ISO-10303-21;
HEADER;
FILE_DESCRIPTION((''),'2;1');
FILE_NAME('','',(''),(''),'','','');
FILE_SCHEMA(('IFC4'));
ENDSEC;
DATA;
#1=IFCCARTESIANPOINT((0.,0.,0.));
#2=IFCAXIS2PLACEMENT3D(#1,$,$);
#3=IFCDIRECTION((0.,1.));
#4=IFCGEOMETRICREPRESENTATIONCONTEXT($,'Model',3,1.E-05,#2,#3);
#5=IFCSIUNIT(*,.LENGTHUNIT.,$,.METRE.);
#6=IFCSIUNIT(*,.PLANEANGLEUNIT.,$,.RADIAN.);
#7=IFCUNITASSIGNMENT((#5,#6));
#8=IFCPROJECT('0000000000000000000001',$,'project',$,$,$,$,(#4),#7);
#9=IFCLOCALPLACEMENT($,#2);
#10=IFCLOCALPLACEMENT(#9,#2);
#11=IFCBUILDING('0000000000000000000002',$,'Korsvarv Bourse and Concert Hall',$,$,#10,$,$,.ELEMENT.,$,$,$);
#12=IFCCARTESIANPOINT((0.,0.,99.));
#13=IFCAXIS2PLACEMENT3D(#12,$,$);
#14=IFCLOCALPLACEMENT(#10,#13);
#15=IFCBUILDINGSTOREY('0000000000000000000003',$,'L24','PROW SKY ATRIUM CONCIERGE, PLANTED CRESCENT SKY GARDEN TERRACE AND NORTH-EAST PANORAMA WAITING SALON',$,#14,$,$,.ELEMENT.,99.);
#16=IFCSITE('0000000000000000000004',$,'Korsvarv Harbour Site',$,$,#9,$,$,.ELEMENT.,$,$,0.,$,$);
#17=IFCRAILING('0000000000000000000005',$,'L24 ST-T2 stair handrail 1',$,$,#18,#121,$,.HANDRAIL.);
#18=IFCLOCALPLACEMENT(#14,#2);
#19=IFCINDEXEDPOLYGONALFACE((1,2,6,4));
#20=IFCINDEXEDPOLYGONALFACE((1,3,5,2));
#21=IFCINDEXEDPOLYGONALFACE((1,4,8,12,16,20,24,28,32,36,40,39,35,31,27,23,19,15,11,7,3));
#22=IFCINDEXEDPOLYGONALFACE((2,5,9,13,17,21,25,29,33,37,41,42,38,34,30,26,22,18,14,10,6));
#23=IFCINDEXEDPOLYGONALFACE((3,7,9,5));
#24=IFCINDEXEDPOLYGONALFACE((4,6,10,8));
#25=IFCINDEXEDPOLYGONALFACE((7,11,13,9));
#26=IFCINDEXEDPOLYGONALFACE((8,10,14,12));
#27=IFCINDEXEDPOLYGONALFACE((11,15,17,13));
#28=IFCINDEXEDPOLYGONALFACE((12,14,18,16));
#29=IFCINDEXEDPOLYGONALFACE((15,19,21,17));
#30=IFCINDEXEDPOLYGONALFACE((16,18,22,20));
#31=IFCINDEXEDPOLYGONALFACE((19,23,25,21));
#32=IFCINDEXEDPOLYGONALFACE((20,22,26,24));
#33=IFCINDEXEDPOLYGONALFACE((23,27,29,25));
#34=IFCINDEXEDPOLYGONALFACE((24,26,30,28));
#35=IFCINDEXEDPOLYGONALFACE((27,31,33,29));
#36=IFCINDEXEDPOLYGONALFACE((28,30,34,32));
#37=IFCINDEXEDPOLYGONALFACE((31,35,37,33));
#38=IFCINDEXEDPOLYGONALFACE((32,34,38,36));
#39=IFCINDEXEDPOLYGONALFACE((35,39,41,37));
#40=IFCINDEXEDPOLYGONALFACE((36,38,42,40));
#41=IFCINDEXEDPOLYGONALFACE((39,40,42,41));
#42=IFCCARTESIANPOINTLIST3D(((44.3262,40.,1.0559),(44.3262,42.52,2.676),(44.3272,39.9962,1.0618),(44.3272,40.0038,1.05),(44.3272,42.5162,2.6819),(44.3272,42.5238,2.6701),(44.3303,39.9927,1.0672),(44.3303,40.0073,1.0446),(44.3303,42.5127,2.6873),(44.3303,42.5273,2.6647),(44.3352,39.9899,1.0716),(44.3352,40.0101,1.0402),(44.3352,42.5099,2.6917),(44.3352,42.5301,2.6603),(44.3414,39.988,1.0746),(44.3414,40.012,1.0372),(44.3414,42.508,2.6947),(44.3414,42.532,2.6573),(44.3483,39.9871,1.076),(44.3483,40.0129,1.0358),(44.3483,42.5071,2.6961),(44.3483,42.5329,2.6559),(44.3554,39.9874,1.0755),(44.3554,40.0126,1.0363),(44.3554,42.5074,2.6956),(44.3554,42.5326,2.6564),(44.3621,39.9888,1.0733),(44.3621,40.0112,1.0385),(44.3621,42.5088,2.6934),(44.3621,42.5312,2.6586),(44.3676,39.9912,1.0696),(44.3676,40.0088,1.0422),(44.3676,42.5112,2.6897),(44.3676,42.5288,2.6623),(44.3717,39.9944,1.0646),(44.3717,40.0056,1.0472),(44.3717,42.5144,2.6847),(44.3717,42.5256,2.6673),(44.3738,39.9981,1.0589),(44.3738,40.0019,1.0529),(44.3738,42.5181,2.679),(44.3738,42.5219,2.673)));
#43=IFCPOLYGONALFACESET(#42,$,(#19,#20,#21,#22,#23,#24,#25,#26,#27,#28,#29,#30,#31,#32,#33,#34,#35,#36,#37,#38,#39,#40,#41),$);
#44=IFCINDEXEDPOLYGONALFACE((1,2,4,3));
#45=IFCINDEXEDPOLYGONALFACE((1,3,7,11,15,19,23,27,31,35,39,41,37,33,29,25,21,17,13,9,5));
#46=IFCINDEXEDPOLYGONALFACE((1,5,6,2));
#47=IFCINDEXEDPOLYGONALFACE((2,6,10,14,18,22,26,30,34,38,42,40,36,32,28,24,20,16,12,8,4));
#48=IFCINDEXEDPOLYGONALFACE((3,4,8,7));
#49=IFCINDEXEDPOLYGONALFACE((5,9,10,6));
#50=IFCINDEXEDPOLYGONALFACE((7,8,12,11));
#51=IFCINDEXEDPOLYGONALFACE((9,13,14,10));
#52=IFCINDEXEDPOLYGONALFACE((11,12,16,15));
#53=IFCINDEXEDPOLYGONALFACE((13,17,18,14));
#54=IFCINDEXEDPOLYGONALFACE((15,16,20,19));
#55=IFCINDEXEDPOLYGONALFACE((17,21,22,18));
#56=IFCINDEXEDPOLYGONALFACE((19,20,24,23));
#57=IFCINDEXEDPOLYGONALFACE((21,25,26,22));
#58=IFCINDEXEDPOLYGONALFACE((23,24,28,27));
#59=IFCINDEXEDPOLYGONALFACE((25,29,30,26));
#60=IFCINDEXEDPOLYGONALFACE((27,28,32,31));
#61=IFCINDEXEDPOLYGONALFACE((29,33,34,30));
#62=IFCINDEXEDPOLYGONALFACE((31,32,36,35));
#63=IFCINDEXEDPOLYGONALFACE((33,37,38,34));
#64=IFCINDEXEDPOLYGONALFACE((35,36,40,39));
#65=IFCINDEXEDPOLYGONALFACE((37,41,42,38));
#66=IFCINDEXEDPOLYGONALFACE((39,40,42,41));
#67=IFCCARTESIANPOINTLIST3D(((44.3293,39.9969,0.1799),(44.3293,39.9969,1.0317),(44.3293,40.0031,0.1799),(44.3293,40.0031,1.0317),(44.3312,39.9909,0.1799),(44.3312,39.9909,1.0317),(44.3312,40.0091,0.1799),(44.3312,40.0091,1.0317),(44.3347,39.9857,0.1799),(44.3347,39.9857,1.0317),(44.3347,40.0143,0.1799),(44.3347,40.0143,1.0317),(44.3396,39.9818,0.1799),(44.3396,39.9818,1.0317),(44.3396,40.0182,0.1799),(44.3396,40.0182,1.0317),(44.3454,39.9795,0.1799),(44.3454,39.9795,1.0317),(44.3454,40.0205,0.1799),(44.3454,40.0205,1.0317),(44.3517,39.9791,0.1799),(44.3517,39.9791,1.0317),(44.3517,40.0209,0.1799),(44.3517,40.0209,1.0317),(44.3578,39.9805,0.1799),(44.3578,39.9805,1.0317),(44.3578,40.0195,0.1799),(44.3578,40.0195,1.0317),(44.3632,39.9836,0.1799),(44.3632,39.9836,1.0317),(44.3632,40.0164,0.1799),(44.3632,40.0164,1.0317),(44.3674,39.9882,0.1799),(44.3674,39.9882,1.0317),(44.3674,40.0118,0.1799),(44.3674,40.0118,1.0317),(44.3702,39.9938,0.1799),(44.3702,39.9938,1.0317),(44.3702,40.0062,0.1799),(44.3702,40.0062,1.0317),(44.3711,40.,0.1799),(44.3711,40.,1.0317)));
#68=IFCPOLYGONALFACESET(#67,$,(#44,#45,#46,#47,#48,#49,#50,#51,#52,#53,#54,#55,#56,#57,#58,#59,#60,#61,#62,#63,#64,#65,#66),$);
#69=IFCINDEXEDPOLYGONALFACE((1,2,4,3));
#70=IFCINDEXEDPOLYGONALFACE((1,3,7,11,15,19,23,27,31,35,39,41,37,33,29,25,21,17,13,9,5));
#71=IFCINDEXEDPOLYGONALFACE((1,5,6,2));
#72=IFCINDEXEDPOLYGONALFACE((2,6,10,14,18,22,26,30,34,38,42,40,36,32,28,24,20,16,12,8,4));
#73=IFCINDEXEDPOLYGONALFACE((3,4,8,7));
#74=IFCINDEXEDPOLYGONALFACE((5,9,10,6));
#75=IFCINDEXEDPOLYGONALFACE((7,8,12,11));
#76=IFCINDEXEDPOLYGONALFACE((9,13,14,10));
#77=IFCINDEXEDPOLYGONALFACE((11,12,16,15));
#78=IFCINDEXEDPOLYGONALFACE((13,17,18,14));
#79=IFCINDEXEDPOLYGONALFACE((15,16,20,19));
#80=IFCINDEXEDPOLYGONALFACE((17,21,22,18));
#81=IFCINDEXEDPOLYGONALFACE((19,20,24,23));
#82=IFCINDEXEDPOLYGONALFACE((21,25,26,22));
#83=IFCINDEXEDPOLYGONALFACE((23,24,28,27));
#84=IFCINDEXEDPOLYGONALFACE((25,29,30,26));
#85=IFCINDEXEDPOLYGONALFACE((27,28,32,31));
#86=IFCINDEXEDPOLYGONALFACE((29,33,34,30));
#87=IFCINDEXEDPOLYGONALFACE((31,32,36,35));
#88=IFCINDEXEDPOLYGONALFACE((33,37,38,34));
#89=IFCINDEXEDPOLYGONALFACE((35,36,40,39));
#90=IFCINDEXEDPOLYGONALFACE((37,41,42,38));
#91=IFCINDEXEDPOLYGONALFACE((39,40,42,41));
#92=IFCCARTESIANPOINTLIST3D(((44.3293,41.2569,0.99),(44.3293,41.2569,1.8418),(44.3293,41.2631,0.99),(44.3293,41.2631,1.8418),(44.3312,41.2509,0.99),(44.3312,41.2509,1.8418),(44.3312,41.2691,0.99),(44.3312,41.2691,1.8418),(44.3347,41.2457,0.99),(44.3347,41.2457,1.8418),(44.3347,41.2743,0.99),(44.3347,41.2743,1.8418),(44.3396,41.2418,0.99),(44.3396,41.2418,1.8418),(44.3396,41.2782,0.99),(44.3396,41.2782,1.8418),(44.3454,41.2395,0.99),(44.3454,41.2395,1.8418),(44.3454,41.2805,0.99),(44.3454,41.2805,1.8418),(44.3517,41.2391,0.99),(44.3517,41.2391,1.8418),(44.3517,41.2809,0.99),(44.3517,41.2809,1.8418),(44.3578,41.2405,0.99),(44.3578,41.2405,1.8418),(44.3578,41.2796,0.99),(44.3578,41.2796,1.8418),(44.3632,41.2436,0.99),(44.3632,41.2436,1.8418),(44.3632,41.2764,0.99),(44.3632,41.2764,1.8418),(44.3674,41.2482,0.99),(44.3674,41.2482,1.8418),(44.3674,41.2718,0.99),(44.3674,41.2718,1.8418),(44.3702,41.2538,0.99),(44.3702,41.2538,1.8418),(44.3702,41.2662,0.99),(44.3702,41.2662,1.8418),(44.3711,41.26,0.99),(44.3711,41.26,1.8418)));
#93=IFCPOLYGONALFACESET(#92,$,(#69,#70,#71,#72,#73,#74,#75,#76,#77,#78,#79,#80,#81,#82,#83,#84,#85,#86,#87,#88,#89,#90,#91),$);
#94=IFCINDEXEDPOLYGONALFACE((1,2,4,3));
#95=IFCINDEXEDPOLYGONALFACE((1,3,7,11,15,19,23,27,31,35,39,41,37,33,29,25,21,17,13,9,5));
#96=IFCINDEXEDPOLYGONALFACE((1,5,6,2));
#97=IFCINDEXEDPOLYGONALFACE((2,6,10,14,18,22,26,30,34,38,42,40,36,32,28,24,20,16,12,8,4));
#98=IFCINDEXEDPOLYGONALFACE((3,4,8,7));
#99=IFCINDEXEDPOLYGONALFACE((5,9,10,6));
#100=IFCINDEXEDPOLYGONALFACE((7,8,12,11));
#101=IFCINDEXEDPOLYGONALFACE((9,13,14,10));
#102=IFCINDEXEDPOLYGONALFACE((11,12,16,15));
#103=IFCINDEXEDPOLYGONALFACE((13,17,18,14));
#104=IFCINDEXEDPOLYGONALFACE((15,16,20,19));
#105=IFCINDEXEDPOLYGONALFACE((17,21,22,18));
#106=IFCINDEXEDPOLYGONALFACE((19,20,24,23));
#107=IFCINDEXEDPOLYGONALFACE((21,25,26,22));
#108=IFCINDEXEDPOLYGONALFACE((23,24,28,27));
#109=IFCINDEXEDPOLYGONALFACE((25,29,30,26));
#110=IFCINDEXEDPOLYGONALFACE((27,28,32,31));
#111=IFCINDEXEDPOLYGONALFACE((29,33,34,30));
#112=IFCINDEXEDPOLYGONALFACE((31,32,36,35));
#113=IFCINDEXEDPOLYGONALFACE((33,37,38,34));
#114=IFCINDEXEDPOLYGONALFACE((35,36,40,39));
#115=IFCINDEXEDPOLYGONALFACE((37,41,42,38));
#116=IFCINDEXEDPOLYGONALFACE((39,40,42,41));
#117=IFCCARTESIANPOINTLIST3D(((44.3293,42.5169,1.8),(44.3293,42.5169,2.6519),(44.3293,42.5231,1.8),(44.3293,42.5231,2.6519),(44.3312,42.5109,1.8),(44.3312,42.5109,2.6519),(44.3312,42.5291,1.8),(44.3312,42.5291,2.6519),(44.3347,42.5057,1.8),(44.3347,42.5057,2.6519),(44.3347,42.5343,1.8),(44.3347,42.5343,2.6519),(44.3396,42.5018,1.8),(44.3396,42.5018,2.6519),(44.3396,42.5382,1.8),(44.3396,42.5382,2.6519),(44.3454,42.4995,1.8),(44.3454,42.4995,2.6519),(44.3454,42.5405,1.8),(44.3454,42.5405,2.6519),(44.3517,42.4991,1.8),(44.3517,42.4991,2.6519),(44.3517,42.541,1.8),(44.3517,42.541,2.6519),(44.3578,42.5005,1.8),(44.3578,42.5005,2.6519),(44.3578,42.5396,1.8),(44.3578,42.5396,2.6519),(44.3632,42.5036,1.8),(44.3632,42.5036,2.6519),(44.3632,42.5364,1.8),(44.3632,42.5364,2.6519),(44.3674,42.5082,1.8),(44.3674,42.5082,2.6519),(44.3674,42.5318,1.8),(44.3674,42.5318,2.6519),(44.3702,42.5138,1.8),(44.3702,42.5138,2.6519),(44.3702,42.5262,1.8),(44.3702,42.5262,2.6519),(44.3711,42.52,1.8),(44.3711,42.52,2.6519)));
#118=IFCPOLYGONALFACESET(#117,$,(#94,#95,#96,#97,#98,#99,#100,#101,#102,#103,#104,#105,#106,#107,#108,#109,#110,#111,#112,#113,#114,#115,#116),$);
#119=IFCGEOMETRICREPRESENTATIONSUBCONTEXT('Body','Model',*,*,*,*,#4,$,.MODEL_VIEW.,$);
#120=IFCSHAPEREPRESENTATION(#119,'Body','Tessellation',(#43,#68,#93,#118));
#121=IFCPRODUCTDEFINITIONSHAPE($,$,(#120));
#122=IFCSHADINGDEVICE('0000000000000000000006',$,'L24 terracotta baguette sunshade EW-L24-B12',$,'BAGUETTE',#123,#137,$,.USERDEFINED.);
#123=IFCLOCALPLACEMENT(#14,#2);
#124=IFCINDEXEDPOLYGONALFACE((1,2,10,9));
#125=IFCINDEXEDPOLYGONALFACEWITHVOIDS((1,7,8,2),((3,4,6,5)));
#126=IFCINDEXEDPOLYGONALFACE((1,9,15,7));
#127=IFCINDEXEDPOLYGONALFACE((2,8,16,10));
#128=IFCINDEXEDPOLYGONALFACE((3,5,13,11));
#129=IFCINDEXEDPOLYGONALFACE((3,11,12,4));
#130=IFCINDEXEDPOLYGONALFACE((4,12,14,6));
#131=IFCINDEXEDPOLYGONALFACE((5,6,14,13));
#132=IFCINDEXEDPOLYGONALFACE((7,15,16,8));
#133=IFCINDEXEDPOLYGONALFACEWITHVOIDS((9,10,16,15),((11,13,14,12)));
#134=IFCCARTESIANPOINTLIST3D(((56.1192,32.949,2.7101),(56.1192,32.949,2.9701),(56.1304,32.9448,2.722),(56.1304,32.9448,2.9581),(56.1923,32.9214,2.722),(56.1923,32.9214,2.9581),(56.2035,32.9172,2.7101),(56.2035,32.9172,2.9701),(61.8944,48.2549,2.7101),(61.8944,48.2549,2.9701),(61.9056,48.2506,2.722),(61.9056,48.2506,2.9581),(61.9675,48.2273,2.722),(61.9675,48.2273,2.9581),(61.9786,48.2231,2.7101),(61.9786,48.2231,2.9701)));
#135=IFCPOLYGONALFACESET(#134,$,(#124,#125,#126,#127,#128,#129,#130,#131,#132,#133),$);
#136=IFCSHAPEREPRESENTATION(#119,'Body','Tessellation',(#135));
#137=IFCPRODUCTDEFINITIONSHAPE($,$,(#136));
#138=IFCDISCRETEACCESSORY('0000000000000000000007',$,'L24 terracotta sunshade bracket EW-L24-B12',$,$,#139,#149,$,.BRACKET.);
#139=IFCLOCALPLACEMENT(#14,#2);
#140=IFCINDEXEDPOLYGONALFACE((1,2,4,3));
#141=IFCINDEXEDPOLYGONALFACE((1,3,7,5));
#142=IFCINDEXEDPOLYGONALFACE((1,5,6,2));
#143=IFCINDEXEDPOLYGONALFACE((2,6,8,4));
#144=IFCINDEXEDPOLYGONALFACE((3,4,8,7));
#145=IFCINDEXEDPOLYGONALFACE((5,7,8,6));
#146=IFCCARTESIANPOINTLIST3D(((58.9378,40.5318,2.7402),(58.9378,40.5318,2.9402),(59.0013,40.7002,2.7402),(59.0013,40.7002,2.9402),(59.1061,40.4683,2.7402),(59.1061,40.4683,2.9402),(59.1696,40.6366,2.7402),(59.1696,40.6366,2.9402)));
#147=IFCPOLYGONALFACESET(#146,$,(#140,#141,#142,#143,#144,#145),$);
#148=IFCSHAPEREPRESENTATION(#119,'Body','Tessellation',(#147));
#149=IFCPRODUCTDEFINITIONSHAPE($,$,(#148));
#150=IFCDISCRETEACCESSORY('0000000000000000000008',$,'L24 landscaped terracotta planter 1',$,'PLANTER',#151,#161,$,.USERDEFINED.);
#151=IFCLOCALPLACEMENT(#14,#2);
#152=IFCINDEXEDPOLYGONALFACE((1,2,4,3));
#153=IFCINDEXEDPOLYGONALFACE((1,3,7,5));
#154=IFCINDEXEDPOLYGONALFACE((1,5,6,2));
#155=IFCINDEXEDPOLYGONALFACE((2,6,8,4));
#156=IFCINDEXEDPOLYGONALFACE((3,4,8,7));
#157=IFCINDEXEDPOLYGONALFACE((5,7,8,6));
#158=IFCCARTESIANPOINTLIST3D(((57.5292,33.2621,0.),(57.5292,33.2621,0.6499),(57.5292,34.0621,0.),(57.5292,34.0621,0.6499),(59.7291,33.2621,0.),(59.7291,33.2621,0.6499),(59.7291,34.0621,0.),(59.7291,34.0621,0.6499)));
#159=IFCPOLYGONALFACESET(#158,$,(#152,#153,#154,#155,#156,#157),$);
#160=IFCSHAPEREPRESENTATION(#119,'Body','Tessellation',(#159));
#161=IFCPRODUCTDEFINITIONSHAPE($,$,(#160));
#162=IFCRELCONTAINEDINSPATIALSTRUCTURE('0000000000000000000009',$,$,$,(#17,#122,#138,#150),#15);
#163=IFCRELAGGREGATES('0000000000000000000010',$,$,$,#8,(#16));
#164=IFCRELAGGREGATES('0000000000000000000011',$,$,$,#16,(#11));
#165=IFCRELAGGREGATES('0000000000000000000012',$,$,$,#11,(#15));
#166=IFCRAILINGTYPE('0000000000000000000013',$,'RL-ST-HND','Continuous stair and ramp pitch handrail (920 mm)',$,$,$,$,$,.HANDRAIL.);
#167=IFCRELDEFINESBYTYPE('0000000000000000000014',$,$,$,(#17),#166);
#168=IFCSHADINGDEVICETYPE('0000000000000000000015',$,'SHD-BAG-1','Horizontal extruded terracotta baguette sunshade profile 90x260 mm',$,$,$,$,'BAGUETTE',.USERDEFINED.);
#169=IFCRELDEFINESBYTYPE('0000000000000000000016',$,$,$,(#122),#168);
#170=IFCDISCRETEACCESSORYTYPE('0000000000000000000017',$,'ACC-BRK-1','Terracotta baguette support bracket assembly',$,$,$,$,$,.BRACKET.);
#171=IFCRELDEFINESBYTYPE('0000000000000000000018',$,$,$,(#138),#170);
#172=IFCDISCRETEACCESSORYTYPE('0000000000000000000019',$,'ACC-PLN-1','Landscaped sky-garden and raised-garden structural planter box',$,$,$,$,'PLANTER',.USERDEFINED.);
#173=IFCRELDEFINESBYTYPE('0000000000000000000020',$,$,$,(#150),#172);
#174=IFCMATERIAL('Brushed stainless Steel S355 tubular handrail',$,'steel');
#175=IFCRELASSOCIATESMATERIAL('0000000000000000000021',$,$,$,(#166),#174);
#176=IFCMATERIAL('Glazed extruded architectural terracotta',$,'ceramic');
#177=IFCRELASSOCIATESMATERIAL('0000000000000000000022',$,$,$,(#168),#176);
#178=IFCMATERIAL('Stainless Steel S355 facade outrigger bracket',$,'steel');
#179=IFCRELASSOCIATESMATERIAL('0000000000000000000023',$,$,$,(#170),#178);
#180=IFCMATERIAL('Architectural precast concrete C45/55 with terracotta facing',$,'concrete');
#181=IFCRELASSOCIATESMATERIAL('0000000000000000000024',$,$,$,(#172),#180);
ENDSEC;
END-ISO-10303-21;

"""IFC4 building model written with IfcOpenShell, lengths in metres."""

from ifc_helpers import new_model, si_unit, direction, frame, origin, origin_2d, place, context, subcontext, project, spatial, rectangle, hollow_rectangle, circle, extrude, source, transform, mapped, material, material_profile, profile_set, type_object, element, save


model = new_model("IFC4")

# Units and contexts
model_context = context("Model", 3, precision=1e-05, world=origin(), true_north=direction((0.0, 1.0)))
body_context = subcontext(model_context, "Body", "Model", "MODEL_VIEW")
ifc_project = project(units=[si_unit("LENGTHUNIT", "METRE"), si_unit("PLANEANGLEUNIT", "RADIAN")], contexts=[model_context])

# Site, building, storey
site_placement = place(None, origin())
site = spatial("IfcSite", under=ifc_project, at=site_placement, Name="Korsvarv Harbour Site", CompositionType="ELEMENT", RefElevation=0.0)
building_placement = place(site_placement, origin())
building = spatial("IfcBuilding", under=site, at=building_placement, Name="Korsvarv Bourse and Concert Hall", CompositionType="ELEMENT")
storey_placement = place(building_placement, frame((0.0, 0.0, 99.0)))
storey = spatial("IfcBuildingStorey", under=building, at=storey_placement, Name="L24", Description="PROW SKY ATRIUM CONCIERGE, PLANTED CRESCENT SKY GARDEN TERRACE AND NORTH-EAST PANORAMA WAITING SALON", CompositionType="ELEMENT", Elevation=99.0)

# Railing
ifc_material_1 = material(Name="Brushed stainless Steel S355 tubular handrail", Category="steel")
railing_type = type_object("IfcRailingType", Name="RL-ST-HND", Description="Continuous stair and ramp pitch handrail (920 mm)", PredefinedType="HANDRAIL", material=ifc_material_1)
railing_placement = place(storey_placement, frame((44.3501, 40.0, 0.1799)))
element("IfcRailing", 1, at=railing_placement, inside=storey, type_object=railing_type, Name="L24 ST-T2 stair handrail 1", PredefinedType="HANDRAIL", context=body_context, shape_type="SweptSolid", body=[
    extrude(circle(Radius=0.0239, at=origin_2d()), frame((0.0, 0.0, 0.876), z_axis=(0.0, 0.841163, 0.540782), x_axis=(-1.0, 0.0, 0.0)), (0.0, 0.0, 1.0), 2.9958),
    extrude(circle(Radius=0.021, at=origin_2d()), origin(), (0.0, 0.0, 1.0), 0.8518),
    extrude(circle(Radius=0.021, at=origin_2d()), frame((0.0, 1.26, 0.8101)), (0.0, 0.0, 1.0), 0.8518),
    extrude(circle(Radius=0.021, at=origin_2d()), frame((0.0, 2.52, 1.6201)), (0.0, 0.0, 1.0), 0.8518),
])

# Shading device
ifc_material_2 = material(Name="Glazed extruded architectural terracotta", Category="ceramic")
ifc_material_profile_1 = material_profile(ifc_material_2, hollow_rectangle(XDim=0.0901, YDim=0.26, WallThickness=0.012, at=origin_2d()), Name="TC-BAG 90x260")
ifc_profile_set_1 = profile_set([ifc_material_profile_1], Name="Glazed extruded architectural terracotta")
shading_device_type = type_object("IfcShadingDeviceType", Name="SHD-BAG-1", Description="Horizontal extruded terracotta baguette sunshade profile 90x260 mm", ElementType="BAGUETTE", PredefinedType="USERDEFINED", material=ifc_profile_set_1)
shared_shape_1 = source(origin(), body_context, "Body", "SweptSolid", [
    extrude(hollow_rectangle(XDim=0.0901, YDim=0.26, WallThickness=0.012, at=origin_2d()), origin(), (0.0, 0.0, 1.0), 16.3591),
])
shading_device_placement = place(storey_placement, frame((56.1614, 32.9331, 2.8401), z_axis=(0.353022, 0.935615, 0.0), x_axis=(-0.935615, 0.353022, 0.0)))
element("IfcShadingDevice", 2, at=shading_device_placement, inside=storey, type_object=shading_device_type, Name="L24 terracotta baguette sunshade EW-L24-B12", ObjectType="BAGUETTE", PredefinedType="USERDEFINED", context=body_context, shape_type="MappedRepresentation", body=[
    mapped(shared_shape_1, transform((0.0, 0.0, 0.0), scale=1.0)),
])

# Discrete accessories
ifc_material_3 = material(Name="Stainless Steel S355 facade outrigger bracket", Category="steel")
discrete_accessory_type_1 = type_object("IfcDiscreteAccessoryType", Name="ACC-BRK-1", Description="Terracotta baguette support bracket assembly", PredefinedType="BRACKET", material=ifc_material_3)
shared_shape_2 = source(origin(), body_context, "Body", "SweptSolid", [
    extrude(rectangle(XDim=0.1799, YDim=0.1799, at=origin_2d()), origin(), (0.0, 0.0, 1.0), 0.2),
])
discrete_accessory_1_placement = place(storey_placement, frame((59.0537, 40.5842, 2.7402), z_axis=(0.0, 0.0, 1.0), x_axis=(0.352985, 0.935629, 0.0)))
element("IfcDiscreteAccessory", 3, at=discrete_accessory_1_placement, inside=storey, type_object=discrete_accessory_type_1, Name="L24 terracotta sunshade bracket EW-L24-B12", PredefinedType="BRACKET", context=body_context, shape_type="MappedRepresentation", body=[
    mapped(shared_shape_2, transform((0.0, 0.0, 0.0), scale=1.0)),
])
ifc_material_4 = material(Name="Architectural precast concrete C45/55 with terracotta facing", Category="concrete")
discrete_accessory_type_2 = type_object("IfcDiscreteAccessoryType", Name="ACC-PLN-1", Description="Landscaped sky-garden and raised-garden structural planter box", ElementType="PLANTER", PredefinedType="USERDEFINED", material=ifc_material_4)
shared_shape_3 = source(origin(), body_context, "Body", "SweptSolid", [
    extrude(rectangle(XDim=2.2, YDim=0.8, at=origin_2d()), origin(), (0.0, 0.0, 1.0), 0.6499),
])
discrete_accessory_2_placement = place(storey_placement, frame((58.6292, 33.6621, 0.0), z_axis=(0.0, 0.0, 1.0), x_axis=(1.0, 0.0, 0.0)))
element("IfcDiscreteAccessory", 4, at=discrete_accessory_2_placement, inside=storey, type_object=discrete_accessory_type_2, Name="L24 landscaped terracotta planter 1", ObjectType="PLANTER", PredefinedType="USERDEFINED", context=body_context, shape_type="MappedRepresentation", body=[
    mapped(shared_shape_3, transform((0.0, 0.0, 0.0), scale=1.0)),
])

save(model, "model.ifc")
